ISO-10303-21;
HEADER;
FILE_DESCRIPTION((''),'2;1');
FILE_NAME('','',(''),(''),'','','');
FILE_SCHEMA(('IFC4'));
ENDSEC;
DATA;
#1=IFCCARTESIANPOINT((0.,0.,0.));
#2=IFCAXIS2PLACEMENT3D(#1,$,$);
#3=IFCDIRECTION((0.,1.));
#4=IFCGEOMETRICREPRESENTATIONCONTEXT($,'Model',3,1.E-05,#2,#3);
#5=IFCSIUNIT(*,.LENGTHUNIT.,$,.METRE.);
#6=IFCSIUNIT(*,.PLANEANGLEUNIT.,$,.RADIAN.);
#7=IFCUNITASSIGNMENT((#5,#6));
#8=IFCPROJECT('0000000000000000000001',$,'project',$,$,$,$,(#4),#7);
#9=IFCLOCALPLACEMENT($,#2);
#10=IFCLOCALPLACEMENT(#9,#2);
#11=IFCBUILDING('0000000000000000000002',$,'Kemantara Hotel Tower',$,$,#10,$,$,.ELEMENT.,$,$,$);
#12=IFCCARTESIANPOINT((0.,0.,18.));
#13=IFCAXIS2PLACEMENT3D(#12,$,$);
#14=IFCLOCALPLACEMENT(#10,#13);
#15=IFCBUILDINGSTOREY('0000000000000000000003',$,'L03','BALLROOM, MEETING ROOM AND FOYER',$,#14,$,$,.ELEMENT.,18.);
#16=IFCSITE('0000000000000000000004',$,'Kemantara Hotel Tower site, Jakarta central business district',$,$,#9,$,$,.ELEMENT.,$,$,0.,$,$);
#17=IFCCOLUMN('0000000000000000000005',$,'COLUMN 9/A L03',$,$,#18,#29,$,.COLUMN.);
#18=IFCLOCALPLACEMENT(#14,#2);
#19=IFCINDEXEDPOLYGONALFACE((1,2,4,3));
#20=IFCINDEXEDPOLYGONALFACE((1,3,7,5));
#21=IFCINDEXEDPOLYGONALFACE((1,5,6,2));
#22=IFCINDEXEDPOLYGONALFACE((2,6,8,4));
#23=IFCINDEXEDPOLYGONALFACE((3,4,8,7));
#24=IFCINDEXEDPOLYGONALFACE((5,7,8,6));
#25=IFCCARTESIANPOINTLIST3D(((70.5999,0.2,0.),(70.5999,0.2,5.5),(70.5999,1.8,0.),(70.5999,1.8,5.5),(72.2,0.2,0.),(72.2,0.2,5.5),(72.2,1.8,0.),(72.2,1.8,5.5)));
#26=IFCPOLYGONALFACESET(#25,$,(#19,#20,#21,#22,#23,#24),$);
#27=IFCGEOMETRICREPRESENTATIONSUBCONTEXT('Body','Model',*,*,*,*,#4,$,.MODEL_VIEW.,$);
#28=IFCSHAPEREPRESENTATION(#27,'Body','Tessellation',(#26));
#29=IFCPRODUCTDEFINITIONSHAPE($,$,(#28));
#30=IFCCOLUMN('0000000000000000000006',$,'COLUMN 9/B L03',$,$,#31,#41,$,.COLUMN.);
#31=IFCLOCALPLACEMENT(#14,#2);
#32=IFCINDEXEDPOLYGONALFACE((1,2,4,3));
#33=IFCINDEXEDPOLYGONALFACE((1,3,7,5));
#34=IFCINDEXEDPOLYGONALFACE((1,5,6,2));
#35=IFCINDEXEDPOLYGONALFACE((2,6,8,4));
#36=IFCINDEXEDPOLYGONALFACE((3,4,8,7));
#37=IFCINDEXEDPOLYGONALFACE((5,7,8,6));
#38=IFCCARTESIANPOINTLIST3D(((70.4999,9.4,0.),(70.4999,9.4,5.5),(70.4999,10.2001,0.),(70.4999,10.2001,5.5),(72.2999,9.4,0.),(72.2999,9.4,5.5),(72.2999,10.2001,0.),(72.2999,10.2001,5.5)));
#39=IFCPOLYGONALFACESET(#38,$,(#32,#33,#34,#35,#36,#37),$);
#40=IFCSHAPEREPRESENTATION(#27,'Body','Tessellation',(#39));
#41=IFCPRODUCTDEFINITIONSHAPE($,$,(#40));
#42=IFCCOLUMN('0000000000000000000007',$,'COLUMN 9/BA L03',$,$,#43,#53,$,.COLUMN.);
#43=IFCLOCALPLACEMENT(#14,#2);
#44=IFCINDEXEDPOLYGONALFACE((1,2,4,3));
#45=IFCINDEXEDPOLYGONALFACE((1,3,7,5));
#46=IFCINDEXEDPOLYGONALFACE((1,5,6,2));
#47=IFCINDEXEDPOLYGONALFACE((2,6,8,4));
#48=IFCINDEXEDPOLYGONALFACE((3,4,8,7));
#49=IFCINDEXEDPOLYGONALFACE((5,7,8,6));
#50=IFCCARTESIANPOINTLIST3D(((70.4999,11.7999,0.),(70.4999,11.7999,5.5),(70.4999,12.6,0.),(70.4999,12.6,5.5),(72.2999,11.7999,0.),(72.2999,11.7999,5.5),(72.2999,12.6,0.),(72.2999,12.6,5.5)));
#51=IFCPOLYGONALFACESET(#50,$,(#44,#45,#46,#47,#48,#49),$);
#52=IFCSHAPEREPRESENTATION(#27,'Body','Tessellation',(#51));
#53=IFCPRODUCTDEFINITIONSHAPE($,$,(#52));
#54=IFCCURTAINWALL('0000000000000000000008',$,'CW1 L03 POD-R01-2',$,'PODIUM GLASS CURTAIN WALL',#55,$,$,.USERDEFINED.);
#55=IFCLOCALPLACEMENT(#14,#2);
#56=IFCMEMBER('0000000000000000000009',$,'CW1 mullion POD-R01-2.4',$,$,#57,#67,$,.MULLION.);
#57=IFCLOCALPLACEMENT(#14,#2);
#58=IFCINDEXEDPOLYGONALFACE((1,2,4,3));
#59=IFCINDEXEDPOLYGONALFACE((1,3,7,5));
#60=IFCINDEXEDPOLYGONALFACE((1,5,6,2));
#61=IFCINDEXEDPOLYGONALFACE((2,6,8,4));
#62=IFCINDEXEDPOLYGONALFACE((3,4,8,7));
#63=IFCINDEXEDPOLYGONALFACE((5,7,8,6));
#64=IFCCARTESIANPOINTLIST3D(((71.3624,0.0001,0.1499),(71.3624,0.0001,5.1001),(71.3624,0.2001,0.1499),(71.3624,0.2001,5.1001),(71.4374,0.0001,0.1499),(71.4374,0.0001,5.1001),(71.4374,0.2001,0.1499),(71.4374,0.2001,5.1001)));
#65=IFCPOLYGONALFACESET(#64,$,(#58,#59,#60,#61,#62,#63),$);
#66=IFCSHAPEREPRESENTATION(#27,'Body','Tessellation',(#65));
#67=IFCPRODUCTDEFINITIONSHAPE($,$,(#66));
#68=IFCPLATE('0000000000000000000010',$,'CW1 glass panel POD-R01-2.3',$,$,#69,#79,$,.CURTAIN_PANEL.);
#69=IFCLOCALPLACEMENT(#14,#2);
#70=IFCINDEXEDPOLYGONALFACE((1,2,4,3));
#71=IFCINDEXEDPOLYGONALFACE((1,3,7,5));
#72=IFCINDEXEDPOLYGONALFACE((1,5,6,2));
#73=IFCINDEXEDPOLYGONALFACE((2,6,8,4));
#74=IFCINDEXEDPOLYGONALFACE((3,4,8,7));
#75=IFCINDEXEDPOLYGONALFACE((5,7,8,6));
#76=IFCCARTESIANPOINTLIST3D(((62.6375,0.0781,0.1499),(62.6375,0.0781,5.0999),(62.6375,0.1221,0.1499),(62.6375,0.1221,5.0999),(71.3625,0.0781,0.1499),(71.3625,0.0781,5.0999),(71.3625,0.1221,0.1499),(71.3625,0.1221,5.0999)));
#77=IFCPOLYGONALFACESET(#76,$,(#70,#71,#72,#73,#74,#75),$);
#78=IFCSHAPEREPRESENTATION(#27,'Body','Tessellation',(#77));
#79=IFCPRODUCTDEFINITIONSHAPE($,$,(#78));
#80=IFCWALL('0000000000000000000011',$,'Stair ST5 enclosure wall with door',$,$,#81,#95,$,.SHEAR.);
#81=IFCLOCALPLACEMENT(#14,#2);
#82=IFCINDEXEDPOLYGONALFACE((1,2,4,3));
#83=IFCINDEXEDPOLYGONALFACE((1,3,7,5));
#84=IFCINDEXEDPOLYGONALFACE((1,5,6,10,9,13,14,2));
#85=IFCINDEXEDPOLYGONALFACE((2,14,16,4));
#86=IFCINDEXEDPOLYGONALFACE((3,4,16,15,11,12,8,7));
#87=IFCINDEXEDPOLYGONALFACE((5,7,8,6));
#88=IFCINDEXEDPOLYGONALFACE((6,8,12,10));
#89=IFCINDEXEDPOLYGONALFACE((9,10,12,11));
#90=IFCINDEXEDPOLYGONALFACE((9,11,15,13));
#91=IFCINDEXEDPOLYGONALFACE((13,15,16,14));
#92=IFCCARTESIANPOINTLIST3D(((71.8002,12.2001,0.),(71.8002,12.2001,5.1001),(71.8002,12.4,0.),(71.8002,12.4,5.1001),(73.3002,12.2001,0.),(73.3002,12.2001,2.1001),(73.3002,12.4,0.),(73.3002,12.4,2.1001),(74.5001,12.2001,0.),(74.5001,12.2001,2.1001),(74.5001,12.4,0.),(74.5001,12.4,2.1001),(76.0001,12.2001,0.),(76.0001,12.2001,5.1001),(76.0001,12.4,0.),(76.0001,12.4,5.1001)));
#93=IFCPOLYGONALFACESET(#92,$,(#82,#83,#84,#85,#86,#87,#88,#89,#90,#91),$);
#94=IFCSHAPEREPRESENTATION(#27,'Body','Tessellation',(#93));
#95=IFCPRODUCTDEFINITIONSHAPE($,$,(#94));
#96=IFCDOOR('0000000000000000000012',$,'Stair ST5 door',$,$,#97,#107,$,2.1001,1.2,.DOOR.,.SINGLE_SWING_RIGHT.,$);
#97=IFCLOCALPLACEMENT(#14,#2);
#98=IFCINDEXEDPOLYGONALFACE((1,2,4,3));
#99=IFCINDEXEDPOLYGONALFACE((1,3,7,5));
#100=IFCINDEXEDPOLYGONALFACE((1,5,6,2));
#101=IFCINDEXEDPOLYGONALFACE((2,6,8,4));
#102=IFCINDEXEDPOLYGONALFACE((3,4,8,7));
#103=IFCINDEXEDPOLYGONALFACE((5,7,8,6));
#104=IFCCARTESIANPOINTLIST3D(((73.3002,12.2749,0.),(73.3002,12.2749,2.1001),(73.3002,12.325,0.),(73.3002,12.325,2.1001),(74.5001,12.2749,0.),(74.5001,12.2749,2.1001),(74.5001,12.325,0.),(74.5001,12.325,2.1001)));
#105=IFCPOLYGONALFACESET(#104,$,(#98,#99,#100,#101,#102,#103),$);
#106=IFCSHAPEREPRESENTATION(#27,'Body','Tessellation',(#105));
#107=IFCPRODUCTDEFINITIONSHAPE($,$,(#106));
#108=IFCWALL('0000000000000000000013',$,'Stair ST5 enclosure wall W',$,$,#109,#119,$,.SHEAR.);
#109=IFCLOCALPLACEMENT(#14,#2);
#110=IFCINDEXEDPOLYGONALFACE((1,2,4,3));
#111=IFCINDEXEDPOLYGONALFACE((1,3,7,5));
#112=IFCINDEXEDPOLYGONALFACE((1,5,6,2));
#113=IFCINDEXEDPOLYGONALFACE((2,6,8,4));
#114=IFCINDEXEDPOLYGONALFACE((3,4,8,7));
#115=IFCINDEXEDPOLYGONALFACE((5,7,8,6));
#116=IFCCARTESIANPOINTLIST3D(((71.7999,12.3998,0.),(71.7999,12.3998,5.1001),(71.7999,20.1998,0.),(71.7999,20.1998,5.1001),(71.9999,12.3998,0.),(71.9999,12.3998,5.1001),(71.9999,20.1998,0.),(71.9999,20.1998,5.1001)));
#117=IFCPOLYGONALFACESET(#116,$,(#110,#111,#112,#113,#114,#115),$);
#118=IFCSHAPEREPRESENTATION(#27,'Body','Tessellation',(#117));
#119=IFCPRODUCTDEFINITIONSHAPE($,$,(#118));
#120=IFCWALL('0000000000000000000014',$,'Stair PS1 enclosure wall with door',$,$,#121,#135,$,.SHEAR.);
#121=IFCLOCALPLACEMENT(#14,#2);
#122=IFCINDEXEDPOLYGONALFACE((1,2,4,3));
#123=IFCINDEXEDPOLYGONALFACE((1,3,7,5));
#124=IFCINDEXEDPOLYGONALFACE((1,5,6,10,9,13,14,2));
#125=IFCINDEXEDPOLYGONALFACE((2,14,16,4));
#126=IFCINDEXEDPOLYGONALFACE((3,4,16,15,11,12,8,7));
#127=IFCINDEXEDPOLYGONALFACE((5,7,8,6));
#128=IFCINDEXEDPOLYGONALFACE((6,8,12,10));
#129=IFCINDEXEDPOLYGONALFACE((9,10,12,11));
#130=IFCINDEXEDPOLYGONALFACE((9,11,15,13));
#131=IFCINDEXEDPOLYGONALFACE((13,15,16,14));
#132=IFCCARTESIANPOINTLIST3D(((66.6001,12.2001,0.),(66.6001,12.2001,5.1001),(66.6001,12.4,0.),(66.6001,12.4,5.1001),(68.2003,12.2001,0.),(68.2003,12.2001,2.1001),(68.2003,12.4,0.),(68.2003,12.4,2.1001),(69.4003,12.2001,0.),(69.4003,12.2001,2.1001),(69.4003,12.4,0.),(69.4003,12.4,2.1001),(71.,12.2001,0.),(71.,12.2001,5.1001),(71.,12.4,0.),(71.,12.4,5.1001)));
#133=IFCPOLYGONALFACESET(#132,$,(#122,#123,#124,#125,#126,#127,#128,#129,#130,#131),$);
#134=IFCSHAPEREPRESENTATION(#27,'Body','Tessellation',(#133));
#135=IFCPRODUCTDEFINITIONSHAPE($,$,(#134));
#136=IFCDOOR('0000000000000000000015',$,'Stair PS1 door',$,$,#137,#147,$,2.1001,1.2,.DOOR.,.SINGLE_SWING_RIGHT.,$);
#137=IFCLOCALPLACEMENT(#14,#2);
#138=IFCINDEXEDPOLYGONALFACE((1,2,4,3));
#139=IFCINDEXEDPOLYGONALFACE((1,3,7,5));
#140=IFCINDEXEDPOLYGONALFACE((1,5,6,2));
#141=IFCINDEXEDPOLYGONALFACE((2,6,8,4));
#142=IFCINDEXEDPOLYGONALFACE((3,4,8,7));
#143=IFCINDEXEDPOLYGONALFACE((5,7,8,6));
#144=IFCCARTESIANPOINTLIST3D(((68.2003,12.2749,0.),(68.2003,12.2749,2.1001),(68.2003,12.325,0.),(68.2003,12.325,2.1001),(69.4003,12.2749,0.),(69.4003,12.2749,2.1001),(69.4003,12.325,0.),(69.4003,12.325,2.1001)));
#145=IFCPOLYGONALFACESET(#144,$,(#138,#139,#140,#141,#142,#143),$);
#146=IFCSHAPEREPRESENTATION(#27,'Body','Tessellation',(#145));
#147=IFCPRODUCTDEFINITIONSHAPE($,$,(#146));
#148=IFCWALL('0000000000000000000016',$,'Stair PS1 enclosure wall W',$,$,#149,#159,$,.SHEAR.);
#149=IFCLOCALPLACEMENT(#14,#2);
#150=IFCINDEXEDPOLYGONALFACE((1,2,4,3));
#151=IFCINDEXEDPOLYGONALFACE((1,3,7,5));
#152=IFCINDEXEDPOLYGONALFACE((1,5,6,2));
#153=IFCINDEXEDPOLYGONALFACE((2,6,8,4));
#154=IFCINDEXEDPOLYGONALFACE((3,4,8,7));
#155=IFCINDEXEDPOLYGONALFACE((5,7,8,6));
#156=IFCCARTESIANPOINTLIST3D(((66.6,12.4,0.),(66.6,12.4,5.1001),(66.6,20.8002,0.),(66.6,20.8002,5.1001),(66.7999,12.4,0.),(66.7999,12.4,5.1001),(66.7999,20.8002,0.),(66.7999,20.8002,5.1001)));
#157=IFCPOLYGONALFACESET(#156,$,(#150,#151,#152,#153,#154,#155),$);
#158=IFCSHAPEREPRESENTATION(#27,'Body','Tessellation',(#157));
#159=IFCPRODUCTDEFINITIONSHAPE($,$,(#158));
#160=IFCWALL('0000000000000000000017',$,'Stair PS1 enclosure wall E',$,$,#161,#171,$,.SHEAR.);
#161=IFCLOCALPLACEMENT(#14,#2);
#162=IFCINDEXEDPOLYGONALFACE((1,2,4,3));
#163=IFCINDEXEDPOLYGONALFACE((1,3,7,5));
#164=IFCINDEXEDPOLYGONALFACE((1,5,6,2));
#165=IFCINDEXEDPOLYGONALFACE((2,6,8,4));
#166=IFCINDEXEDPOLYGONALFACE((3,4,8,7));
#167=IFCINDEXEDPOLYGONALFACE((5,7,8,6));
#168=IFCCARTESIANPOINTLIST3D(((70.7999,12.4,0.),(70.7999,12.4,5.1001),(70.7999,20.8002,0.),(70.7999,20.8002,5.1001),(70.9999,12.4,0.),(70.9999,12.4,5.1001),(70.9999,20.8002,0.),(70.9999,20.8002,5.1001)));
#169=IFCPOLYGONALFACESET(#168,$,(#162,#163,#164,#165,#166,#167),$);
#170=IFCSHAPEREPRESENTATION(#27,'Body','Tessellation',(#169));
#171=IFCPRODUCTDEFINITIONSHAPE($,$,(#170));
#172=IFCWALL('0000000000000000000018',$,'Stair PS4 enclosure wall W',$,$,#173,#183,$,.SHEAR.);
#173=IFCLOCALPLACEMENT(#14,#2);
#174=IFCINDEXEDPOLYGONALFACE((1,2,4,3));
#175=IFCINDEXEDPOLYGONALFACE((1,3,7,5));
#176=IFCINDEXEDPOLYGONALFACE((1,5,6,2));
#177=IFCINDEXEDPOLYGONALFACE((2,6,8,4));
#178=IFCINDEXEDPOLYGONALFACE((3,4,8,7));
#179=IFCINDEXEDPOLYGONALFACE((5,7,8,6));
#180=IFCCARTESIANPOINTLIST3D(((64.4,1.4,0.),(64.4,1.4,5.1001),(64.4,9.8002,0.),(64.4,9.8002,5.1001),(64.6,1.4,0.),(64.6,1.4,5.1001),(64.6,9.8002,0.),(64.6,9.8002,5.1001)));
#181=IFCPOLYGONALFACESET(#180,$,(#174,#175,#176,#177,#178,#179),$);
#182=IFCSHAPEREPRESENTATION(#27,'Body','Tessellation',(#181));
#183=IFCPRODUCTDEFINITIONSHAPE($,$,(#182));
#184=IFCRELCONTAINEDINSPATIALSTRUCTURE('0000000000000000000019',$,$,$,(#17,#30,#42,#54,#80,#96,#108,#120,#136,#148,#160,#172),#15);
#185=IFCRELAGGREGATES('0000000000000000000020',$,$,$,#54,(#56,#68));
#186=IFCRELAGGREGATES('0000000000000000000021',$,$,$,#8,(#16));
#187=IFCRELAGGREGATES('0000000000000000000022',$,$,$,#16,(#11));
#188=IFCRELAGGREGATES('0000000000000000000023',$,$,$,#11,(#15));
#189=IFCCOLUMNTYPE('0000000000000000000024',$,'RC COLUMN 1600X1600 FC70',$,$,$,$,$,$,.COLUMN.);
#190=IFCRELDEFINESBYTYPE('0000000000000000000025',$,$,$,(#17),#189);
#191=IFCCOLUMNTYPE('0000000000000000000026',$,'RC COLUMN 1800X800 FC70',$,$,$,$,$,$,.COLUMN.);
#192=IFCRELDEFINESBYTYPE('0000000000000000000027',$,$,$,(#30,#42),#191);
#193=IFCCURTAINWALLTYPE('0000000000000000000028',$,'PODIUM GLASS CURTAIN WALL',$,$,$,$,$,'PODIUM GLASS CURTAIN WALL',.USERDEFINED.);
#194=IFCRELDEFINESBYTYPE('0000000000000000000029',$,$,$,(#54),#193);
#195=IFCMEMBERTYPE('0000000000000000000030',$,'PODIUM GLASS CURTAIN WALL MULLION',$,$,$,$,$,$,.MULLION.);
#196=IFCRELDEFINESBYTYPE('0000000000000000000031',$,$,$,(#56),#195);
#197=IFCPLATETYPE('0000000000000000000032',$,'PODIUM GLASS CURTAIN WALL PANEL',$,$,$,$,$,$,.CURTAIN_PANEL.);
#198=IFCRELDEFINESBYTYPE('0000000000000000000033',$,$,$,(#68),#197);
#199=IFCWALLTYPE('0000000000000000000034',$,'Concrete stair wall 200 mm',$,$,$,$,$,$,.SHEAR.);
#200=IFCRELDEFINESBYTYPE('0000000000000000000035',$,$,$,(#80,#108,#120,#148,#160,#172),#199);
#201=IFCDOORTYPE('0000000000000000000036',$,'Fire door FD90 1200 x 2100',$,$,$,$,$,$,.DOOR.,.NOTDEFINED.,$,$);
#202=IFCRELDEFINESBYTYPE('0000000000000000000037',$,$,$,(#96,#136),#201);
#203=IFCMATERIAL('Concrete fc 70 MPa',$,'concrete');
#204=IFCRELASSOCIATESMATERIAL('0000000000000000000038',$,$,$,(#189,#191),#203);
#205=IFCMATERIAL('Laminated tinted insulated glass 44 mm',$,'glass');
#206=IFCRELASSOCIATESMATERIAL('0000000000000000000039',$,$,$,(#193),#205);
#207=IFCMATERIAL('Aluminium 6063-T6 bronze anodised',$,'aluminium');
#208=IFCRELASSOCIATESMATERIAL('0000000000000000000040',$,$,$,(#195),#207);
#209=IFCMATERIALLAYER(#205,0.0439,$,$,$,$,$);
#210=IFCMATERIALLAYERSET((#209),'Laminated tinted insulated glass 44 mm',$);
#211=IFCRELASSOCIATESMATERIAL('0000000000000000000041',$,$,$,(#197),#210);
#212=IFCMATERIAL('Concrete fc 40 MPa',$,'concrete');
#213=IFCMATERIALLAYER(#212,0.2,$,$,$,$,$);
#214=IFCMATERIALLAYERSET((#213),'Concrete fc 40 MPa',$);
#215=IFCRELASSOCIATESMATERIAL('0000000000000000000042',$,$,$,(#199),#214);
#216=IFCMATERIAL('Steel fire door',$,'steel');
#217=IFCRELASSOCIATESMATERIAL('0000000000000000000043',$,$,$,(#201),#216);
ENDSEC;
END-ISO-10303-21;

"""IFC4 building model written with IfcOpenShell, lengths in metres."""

from ifc_helpers import new_model, si_unit, direction, frame, frame_2d, origin, origin_2d, place, context, subcontext, project, spatial, rectangle, extrude, source, transform, mapped, material, layer, layer_set, material_profile, profile_set, type_object, element, fill, aggregate, save


model = new_model("IFC4")

# Units and contexts
model_context = context("Model", 3, precision=1e-05, world=origin(), true_north=direction((0.0, 1.0)))
body_context = subcontext(model_context, "Body", "Model", "MODEL_VIEW")
ifc_project = project(units=[si_unit("LENGTHUNIT", "METRE"), si_unit("PLANEANGLEUNIT", "RADIAN")], contexts=[model_context])

# Site, building, storey
site_placement = place(None, origin())
site = spatial("IfcSite", under=ifc_project, at=site_placement, Name="Kemantara Hotel Tower site, Jakarta central business district", CompositionType="ELEMENT", RefElevation=0.0)
building_placement = place(site_placement, origin())
building = spatial("IfcBuilding", under=site, at=building_placement, Name="Kemantara Hotel Tower", CompositionType="ELEMENT")
storey_placement = place(building_placement, frame((0.0, 0.0, 18.0)))
storey = spatial("IfcBuildingStorey", under=building, at=storey_placement, Name="L03", Description="BALLROOM, MEETING ROOM AND FOYER", CompositionType="ELEMENT", Elevation=18.0)

# Columns
ifc_material_1 = material(Name="Concrete fc 70 MPa", Category="concrete")
ifc_material_profile_1 = material_profile(ifc_material_1, rectangle(XDim=1.6001, YDim=1.6001, at=origin_2d()), Name="RC 1600X1600")
ifc_profile_set_1 = profile_set([ifc_material_profile_1], Name="Concrete fc 70 MPa")
column_type_1 = type_object("IfcColumnType", Name="RC COLUMN 1600X1600 FC70", PredefinedType="COLUMN", material=ifc_profile_set_1)
column_placement = place(storey_placement, frame((71.3999, 1.0, 0.0), z_axis=(0.0, 0.0, 1.0), x_axis=(1.0, 0.0, 0.0)))
element("IfcColumn", 1, at=column_placement, inside=storey, type_object=column_type_1, Name="COLUMN 9/A L03", PredefinedType="COLUMN", context=body_context, shape_type="SweptSolid", body=[
    extrude(rectangle(XDim=1.6001, YDim=1.6001, at=origin_2d()), origin(), (0.0, 0.0, 1.0), 5.5),
])
ifc_material_profile_2 = material_profile(ifc_material_1, rectangle(XDim=1.8, YDim=0.8, at=origin_2d()), Name="RC 1800X800")
ifc_profile_set_2 = profile_set([ifc_material_profile_2], Name="Concrete fc 70 MPa")
column_type_2 = type_object("IfcColumnType", Name="RC COLUMN 1800X800 FC70", PredefinedType="COLUMN", material=ifc_profile_set_2)
for number, where, z_axis, x_axis, name in (
    (2, (71.3999, 9.8, 0.0), (0.0, 0.0, 1.0), (1.0, 0.0, 0.0), "COLUMN 9/B L03"),
    (3, (71.3999, 12.2, 0.0), (0.0, 0.0, 1.0), (1.0, 0.0, 0.0), "COLUMN 9/BA L03"),
):
    element("IfcColumn", number, at=place(storey_placement, frame(where, z_axis=z_axis, x_axis=x_axis)), inside=storey, type_object=column_type_2, Name=name, PredefinedType="COLUMN", context=body_context, shape_type="SweptSolid", body=[
        extrude(rectangle(XDim=1.8, YDim=0.8, at=origin_2d()), origin(), (0.0, 0.0, 1.0), 5.5),
    ])

# Curtain wall, member, plate
ifc_material_2 = material(Name="Laminated tinted insulated glass 44 mm", Category="glass")
curtain_wall_type = type_object("IfcCurtainWallType", Name="PODIUM GLASS CURTAIN WALL", ElementType="PODIUM GLASS CURTAIN WALL", PredefinedType="USERDEFINED", material=ifc_material_2)
curtain_wall_placement = place(storey_placement, origin())
curtain_wall = element("IfcCurtainWall", 4, at=curtain_wall_placement, inside=storey, type_object=curtain_wall_type, Name="CW1 L03 POD-R01-2", ObjectType="PODIUM GLASS CURTAIN WALL", PredefinedType="USERDEFINED")
ifc_material_3 = material(Name="Aluminium 6063-T6 bronze anodised", Category="aluminium")
ifc_material_profile_3 = material_profile(ifc_material_3, rectangle(XDim=0.2, YDim=0.075, at=origin_2d()), Name="PODIUM GLASS CURTAIN WALL MULLION")
ifc_profile_set_3 = profile_set([ifc_material_profile_3], Name="Aluminium 6063-T6 bronze anodised")
member_type = type_object("IfcMemberType", Name="PODIUM GLASS CURTAIN WALL MULLION", PredefinedType="MULLION", material=ifc_profile_set_3)
shared_shape_1 = source(origin(), body_context, "Body", "SweptSolid", [
    extrude(rectangle(XDim=0.2, YDim=0.075, at=origin_2d()), origin(), (0.0, 0.0, 1.0), 4.9502),
])
member_placement = place(storey_placement, frame((71.3999, 0.1001, 0.1499), z_axis=(0.0, 0.0, 1.0), x_axis=(0.0, 1.0, 0.0)))
member = element("IfcMember", 5, at=member_placement, type_object=member_type, Name="CW1 mullion POD-R01-2.4", PredefinedType="MULLION", context=body_context, shape_type="MappedRepresentation", body=[
    mapped(shared_shape_1, transform((0.0, 0.0, 0.0))),
])
ifc_layer_1 = layer(ifc_material_2, 0.0439)
ifc_layer_set_1 = layer_set([ifc_layer_1], Name="Laminated tinted insulated glass 44 mm")
plate_type = type_object("IfcPlateType", Name="PODIUM GLASS CURTAIN WALL PANEL", PredefinedType="CURTAIN_PANEL", material=ifc_layer_set_1)
shared_shape_2 = source(origin(), body_context, "Body", "SweptSolid", [
    extrude(rectangle(XDim=8.7251, YDim=0.0439, at=origin_2d()), origin(), (0.0, 0.0, 1.0), 4.95),
])
plate_placement = place(storey_placement, frame((67.0, 0.1001, 0.1499), z_axis=(0.0, 0.0, 1.0), x_axis=(1.0, 0.0, 0.0)))
plate = element("IfcPlate", 6, at=plate_placement, type_object=plate_type, Name="CW1 glass panel POD-R01-2.3", PredefinedType="CURTAIN_PANEL", context=body_context, shape_type="MappedRepresentation", body=[
    mapped(shared_shape_2, transform((0.0, 0.0, 0.0))),
])
aggregate(curtain_wall, [member, plate])

# Wall, opening, door
ifc_material_4 = material(Name="Concrete fc 40 MPa", Category="concrete")
ifc_layer_2 = layer(ifc_material_4, 0.2)
ifc_layer_set_2 = layer_set([ifc_layer_2], Name="Concrete fc 40 MPa")
wall_type_1 = type_object("IfcWallType", Name="Concrete stair wall 200 mm", PredefinedType="SHEAR", material=ifc_layer_set_2)
wall_1_placement = place(storey_placement, frame((71.8, 12.3, 0.0), z_axis=(0.0, 0.0, 1.0), x_axis=(1.0, 0.0, 0.0)))
wall_1 = element("IfcWall", 7, at=wall_1_placement, inside=storey, type_object=wall_type_1, Name="Stair ST5 enclosure wall with door", PredefinedType="SHEAR", context=body_context, shape_type="SweptSolid", body=[
    extrude(rectangle(XDim=4.2, YDim=0.2, at=frame_2d((2.1001, 0.0))), origin(), (0.0, 0.0, 1.0), 5.1001),
])
opening_1_placement = place(wall_1_placement, frame((1.5, 0.0, 0.0)))
opening_1 = element("IfcOpeningElement", 8, at=opening_1_placement, cuts=wall_1, PredefinedType="OPENING", context=body_context, shape_type="SweptSolid", body=[
    extrude(rectangle(XDim=1.2, YDim=2.1001, at=frame_2d((0.6001, 1.05))), frame((0.0, 0.1099, 0.0), z_axis=(0.0, -1.0, 0.0), x_axis=(1.0, 0.0, 0.0)), (0.0, 0.0, 1.0), 0.22),
])
ifc_material_5 = material(Name="Steel fire door", Category="steel")
door_type_1 = type_object("IfcDoorType", Name="Fire door FD90 1200 x 2100", OperationType="NOTDEFINED", PredefinedType="DOOR", material=ifc_material_5)
door_1_placement = place(opening_1_placement, origin())
door_1 = element("IfcDoor", 9, at=door_1_placement, inside=storey, type_object=door_type_1, Name="Stair ST5 door", OperationType="SINGLE_SWING_RIGHT", OverallHeight=2.1001, OverallWidth=1.2, PredefinedType="DOOR", context=body_context, shape_type="SweptSolid", body=[
    extrude(rectangle(XDim=1.2, YDim=2.1001, at=frame_2d((0.6001, 1.05))), frame((0.0, 0.0249, 0.0), z_axis=(0.0, -1.0, 0.0), x_axis=(1.0, 0.0, 0.0)), (0.0, 0.0, 1.0), 0.05),
])
fill(opening_1, door_1)

# Wall
wall_2_placement = place(storey_placement, frame((71.8999, 12.3999, 0.0), z_axis=(0.0, 0.0, 1.0), x_axis=(0.0, 1.0, 0.0)))
element("IfcWall", 10, at=wall_2_placement, inside=storey, type_object=wall_type_1, Name="Stair ST5 enclosure wall W", PredefinedType="SHEAR", context=body_context, shape_type="SweptSolid", body=[
    extrude(rectangle(XDim=7.8, YDim=0.2, at=frame_2d((3.8999, 0.0))), origin(), (0.0, 0.0, 1.0), 5.1001),
])

# Wall, opening, door
wall_3_placement = place(storey_placement, frame((66.6001, 12.3, 0.0), z_axis=(0.0, 0.0, 1.0), x_axis=(1.0, 0.0, 0.0)))
wall_3 = element("IfcWall", 11, at=wall_3_placement, inside=storey, type_object=wall_type_1, Name="Stair PS1 enclosure wall with door", PredefinedType="SHEAR", context=body_context, shape_type="SweptSolid", body=[
    extrude(rectangle(XDim=4.3999, YDim=0.2, at=frame_2d((2.2, 0.0))), origin(), (0.0, 0.0, 1.0), 5.1001),
])
opening_2_placement = place(wall_3_placement, frame((1.6001, 0.0, 0.0)))
opening_2 = element("IfcOpeningElement", 12, at=opening_2_placement, cuts=wall_3, PredefinedType="OPENING", context=body_context, shape_type="SweptSolid", body=[
    extrude(rectangle(XDim=1.2, YDim=2.1001, at=frame_2d((0.6001, 1.05))), frame((0.0, 0.1099, 0.0), z_axis=(0.0, -1.0, 0.0), x_axis=(1.0, 0.0, 0.0)), (0.0, 0.0, 1.0), 0.22),
])
door_2_placement = place(opening_2_placement, origin())
door_2 = element("IfcDoor", 13, at=door_2_placement, inside=storey, type_object=door_type_1, Name="Stair PS1 door", OperationType="SINGLE_SWING_RIGHT", OverallHeight=2.1001, OverallWidth=1.2, PredefinedType="DOOR", context=body_context, shape_type="SweptSolid", body=[
    extrude(rectangle(XDim=1.2, YDim=2.1001, at=frame_2d((0.6001, 1.05))), frame((0.0, 0.0249, 0.0), z_axis=(0.0, -1.0, 0.0), x_axis=(1.0, 0.0, 0.0)), (0.0, 0.0, 1.0), 0.05),
])
fill(opening_2, door_2)

# Walls
for number, where, z_axis, x_axis, name in (
    (14, (66.7, 12.3999, 0.0), (0.0, 0.0, 1.0), (0.0, 1.0, 0.0), "Stair PS1 enclosure wall W"),
    (15, (70.8999, 12.3999, 0.0), (0.0, 0.0, 1.0), (0.0, 1.0, 0.0), "Stair PS1 enclosure wall E"),
    (16, (64.5, 1.3999, 0.0), (0.0, 0.0, 1.0), (0.0, 1.0, 0.0), "Stair PS4 enclosure wall W"),
):
    element("IfcWall", number, at=place(storey_placement, frame(where, z_axis=z_axis, x_axis=x_axis)), inside=storey, type_object=wall_type_1, Name=name, PredefinedType="SHEAR", context=body_context, shape_type="SweptSolid", body=[
        extrude(rectangle(XDim=8.4001, YDim=0.2, at=frame_2d((4.2002, 0.0))), origin(), (0.0, 0.0, 1.0), 5.1001),
    ])

save(model, "model.ifc")
